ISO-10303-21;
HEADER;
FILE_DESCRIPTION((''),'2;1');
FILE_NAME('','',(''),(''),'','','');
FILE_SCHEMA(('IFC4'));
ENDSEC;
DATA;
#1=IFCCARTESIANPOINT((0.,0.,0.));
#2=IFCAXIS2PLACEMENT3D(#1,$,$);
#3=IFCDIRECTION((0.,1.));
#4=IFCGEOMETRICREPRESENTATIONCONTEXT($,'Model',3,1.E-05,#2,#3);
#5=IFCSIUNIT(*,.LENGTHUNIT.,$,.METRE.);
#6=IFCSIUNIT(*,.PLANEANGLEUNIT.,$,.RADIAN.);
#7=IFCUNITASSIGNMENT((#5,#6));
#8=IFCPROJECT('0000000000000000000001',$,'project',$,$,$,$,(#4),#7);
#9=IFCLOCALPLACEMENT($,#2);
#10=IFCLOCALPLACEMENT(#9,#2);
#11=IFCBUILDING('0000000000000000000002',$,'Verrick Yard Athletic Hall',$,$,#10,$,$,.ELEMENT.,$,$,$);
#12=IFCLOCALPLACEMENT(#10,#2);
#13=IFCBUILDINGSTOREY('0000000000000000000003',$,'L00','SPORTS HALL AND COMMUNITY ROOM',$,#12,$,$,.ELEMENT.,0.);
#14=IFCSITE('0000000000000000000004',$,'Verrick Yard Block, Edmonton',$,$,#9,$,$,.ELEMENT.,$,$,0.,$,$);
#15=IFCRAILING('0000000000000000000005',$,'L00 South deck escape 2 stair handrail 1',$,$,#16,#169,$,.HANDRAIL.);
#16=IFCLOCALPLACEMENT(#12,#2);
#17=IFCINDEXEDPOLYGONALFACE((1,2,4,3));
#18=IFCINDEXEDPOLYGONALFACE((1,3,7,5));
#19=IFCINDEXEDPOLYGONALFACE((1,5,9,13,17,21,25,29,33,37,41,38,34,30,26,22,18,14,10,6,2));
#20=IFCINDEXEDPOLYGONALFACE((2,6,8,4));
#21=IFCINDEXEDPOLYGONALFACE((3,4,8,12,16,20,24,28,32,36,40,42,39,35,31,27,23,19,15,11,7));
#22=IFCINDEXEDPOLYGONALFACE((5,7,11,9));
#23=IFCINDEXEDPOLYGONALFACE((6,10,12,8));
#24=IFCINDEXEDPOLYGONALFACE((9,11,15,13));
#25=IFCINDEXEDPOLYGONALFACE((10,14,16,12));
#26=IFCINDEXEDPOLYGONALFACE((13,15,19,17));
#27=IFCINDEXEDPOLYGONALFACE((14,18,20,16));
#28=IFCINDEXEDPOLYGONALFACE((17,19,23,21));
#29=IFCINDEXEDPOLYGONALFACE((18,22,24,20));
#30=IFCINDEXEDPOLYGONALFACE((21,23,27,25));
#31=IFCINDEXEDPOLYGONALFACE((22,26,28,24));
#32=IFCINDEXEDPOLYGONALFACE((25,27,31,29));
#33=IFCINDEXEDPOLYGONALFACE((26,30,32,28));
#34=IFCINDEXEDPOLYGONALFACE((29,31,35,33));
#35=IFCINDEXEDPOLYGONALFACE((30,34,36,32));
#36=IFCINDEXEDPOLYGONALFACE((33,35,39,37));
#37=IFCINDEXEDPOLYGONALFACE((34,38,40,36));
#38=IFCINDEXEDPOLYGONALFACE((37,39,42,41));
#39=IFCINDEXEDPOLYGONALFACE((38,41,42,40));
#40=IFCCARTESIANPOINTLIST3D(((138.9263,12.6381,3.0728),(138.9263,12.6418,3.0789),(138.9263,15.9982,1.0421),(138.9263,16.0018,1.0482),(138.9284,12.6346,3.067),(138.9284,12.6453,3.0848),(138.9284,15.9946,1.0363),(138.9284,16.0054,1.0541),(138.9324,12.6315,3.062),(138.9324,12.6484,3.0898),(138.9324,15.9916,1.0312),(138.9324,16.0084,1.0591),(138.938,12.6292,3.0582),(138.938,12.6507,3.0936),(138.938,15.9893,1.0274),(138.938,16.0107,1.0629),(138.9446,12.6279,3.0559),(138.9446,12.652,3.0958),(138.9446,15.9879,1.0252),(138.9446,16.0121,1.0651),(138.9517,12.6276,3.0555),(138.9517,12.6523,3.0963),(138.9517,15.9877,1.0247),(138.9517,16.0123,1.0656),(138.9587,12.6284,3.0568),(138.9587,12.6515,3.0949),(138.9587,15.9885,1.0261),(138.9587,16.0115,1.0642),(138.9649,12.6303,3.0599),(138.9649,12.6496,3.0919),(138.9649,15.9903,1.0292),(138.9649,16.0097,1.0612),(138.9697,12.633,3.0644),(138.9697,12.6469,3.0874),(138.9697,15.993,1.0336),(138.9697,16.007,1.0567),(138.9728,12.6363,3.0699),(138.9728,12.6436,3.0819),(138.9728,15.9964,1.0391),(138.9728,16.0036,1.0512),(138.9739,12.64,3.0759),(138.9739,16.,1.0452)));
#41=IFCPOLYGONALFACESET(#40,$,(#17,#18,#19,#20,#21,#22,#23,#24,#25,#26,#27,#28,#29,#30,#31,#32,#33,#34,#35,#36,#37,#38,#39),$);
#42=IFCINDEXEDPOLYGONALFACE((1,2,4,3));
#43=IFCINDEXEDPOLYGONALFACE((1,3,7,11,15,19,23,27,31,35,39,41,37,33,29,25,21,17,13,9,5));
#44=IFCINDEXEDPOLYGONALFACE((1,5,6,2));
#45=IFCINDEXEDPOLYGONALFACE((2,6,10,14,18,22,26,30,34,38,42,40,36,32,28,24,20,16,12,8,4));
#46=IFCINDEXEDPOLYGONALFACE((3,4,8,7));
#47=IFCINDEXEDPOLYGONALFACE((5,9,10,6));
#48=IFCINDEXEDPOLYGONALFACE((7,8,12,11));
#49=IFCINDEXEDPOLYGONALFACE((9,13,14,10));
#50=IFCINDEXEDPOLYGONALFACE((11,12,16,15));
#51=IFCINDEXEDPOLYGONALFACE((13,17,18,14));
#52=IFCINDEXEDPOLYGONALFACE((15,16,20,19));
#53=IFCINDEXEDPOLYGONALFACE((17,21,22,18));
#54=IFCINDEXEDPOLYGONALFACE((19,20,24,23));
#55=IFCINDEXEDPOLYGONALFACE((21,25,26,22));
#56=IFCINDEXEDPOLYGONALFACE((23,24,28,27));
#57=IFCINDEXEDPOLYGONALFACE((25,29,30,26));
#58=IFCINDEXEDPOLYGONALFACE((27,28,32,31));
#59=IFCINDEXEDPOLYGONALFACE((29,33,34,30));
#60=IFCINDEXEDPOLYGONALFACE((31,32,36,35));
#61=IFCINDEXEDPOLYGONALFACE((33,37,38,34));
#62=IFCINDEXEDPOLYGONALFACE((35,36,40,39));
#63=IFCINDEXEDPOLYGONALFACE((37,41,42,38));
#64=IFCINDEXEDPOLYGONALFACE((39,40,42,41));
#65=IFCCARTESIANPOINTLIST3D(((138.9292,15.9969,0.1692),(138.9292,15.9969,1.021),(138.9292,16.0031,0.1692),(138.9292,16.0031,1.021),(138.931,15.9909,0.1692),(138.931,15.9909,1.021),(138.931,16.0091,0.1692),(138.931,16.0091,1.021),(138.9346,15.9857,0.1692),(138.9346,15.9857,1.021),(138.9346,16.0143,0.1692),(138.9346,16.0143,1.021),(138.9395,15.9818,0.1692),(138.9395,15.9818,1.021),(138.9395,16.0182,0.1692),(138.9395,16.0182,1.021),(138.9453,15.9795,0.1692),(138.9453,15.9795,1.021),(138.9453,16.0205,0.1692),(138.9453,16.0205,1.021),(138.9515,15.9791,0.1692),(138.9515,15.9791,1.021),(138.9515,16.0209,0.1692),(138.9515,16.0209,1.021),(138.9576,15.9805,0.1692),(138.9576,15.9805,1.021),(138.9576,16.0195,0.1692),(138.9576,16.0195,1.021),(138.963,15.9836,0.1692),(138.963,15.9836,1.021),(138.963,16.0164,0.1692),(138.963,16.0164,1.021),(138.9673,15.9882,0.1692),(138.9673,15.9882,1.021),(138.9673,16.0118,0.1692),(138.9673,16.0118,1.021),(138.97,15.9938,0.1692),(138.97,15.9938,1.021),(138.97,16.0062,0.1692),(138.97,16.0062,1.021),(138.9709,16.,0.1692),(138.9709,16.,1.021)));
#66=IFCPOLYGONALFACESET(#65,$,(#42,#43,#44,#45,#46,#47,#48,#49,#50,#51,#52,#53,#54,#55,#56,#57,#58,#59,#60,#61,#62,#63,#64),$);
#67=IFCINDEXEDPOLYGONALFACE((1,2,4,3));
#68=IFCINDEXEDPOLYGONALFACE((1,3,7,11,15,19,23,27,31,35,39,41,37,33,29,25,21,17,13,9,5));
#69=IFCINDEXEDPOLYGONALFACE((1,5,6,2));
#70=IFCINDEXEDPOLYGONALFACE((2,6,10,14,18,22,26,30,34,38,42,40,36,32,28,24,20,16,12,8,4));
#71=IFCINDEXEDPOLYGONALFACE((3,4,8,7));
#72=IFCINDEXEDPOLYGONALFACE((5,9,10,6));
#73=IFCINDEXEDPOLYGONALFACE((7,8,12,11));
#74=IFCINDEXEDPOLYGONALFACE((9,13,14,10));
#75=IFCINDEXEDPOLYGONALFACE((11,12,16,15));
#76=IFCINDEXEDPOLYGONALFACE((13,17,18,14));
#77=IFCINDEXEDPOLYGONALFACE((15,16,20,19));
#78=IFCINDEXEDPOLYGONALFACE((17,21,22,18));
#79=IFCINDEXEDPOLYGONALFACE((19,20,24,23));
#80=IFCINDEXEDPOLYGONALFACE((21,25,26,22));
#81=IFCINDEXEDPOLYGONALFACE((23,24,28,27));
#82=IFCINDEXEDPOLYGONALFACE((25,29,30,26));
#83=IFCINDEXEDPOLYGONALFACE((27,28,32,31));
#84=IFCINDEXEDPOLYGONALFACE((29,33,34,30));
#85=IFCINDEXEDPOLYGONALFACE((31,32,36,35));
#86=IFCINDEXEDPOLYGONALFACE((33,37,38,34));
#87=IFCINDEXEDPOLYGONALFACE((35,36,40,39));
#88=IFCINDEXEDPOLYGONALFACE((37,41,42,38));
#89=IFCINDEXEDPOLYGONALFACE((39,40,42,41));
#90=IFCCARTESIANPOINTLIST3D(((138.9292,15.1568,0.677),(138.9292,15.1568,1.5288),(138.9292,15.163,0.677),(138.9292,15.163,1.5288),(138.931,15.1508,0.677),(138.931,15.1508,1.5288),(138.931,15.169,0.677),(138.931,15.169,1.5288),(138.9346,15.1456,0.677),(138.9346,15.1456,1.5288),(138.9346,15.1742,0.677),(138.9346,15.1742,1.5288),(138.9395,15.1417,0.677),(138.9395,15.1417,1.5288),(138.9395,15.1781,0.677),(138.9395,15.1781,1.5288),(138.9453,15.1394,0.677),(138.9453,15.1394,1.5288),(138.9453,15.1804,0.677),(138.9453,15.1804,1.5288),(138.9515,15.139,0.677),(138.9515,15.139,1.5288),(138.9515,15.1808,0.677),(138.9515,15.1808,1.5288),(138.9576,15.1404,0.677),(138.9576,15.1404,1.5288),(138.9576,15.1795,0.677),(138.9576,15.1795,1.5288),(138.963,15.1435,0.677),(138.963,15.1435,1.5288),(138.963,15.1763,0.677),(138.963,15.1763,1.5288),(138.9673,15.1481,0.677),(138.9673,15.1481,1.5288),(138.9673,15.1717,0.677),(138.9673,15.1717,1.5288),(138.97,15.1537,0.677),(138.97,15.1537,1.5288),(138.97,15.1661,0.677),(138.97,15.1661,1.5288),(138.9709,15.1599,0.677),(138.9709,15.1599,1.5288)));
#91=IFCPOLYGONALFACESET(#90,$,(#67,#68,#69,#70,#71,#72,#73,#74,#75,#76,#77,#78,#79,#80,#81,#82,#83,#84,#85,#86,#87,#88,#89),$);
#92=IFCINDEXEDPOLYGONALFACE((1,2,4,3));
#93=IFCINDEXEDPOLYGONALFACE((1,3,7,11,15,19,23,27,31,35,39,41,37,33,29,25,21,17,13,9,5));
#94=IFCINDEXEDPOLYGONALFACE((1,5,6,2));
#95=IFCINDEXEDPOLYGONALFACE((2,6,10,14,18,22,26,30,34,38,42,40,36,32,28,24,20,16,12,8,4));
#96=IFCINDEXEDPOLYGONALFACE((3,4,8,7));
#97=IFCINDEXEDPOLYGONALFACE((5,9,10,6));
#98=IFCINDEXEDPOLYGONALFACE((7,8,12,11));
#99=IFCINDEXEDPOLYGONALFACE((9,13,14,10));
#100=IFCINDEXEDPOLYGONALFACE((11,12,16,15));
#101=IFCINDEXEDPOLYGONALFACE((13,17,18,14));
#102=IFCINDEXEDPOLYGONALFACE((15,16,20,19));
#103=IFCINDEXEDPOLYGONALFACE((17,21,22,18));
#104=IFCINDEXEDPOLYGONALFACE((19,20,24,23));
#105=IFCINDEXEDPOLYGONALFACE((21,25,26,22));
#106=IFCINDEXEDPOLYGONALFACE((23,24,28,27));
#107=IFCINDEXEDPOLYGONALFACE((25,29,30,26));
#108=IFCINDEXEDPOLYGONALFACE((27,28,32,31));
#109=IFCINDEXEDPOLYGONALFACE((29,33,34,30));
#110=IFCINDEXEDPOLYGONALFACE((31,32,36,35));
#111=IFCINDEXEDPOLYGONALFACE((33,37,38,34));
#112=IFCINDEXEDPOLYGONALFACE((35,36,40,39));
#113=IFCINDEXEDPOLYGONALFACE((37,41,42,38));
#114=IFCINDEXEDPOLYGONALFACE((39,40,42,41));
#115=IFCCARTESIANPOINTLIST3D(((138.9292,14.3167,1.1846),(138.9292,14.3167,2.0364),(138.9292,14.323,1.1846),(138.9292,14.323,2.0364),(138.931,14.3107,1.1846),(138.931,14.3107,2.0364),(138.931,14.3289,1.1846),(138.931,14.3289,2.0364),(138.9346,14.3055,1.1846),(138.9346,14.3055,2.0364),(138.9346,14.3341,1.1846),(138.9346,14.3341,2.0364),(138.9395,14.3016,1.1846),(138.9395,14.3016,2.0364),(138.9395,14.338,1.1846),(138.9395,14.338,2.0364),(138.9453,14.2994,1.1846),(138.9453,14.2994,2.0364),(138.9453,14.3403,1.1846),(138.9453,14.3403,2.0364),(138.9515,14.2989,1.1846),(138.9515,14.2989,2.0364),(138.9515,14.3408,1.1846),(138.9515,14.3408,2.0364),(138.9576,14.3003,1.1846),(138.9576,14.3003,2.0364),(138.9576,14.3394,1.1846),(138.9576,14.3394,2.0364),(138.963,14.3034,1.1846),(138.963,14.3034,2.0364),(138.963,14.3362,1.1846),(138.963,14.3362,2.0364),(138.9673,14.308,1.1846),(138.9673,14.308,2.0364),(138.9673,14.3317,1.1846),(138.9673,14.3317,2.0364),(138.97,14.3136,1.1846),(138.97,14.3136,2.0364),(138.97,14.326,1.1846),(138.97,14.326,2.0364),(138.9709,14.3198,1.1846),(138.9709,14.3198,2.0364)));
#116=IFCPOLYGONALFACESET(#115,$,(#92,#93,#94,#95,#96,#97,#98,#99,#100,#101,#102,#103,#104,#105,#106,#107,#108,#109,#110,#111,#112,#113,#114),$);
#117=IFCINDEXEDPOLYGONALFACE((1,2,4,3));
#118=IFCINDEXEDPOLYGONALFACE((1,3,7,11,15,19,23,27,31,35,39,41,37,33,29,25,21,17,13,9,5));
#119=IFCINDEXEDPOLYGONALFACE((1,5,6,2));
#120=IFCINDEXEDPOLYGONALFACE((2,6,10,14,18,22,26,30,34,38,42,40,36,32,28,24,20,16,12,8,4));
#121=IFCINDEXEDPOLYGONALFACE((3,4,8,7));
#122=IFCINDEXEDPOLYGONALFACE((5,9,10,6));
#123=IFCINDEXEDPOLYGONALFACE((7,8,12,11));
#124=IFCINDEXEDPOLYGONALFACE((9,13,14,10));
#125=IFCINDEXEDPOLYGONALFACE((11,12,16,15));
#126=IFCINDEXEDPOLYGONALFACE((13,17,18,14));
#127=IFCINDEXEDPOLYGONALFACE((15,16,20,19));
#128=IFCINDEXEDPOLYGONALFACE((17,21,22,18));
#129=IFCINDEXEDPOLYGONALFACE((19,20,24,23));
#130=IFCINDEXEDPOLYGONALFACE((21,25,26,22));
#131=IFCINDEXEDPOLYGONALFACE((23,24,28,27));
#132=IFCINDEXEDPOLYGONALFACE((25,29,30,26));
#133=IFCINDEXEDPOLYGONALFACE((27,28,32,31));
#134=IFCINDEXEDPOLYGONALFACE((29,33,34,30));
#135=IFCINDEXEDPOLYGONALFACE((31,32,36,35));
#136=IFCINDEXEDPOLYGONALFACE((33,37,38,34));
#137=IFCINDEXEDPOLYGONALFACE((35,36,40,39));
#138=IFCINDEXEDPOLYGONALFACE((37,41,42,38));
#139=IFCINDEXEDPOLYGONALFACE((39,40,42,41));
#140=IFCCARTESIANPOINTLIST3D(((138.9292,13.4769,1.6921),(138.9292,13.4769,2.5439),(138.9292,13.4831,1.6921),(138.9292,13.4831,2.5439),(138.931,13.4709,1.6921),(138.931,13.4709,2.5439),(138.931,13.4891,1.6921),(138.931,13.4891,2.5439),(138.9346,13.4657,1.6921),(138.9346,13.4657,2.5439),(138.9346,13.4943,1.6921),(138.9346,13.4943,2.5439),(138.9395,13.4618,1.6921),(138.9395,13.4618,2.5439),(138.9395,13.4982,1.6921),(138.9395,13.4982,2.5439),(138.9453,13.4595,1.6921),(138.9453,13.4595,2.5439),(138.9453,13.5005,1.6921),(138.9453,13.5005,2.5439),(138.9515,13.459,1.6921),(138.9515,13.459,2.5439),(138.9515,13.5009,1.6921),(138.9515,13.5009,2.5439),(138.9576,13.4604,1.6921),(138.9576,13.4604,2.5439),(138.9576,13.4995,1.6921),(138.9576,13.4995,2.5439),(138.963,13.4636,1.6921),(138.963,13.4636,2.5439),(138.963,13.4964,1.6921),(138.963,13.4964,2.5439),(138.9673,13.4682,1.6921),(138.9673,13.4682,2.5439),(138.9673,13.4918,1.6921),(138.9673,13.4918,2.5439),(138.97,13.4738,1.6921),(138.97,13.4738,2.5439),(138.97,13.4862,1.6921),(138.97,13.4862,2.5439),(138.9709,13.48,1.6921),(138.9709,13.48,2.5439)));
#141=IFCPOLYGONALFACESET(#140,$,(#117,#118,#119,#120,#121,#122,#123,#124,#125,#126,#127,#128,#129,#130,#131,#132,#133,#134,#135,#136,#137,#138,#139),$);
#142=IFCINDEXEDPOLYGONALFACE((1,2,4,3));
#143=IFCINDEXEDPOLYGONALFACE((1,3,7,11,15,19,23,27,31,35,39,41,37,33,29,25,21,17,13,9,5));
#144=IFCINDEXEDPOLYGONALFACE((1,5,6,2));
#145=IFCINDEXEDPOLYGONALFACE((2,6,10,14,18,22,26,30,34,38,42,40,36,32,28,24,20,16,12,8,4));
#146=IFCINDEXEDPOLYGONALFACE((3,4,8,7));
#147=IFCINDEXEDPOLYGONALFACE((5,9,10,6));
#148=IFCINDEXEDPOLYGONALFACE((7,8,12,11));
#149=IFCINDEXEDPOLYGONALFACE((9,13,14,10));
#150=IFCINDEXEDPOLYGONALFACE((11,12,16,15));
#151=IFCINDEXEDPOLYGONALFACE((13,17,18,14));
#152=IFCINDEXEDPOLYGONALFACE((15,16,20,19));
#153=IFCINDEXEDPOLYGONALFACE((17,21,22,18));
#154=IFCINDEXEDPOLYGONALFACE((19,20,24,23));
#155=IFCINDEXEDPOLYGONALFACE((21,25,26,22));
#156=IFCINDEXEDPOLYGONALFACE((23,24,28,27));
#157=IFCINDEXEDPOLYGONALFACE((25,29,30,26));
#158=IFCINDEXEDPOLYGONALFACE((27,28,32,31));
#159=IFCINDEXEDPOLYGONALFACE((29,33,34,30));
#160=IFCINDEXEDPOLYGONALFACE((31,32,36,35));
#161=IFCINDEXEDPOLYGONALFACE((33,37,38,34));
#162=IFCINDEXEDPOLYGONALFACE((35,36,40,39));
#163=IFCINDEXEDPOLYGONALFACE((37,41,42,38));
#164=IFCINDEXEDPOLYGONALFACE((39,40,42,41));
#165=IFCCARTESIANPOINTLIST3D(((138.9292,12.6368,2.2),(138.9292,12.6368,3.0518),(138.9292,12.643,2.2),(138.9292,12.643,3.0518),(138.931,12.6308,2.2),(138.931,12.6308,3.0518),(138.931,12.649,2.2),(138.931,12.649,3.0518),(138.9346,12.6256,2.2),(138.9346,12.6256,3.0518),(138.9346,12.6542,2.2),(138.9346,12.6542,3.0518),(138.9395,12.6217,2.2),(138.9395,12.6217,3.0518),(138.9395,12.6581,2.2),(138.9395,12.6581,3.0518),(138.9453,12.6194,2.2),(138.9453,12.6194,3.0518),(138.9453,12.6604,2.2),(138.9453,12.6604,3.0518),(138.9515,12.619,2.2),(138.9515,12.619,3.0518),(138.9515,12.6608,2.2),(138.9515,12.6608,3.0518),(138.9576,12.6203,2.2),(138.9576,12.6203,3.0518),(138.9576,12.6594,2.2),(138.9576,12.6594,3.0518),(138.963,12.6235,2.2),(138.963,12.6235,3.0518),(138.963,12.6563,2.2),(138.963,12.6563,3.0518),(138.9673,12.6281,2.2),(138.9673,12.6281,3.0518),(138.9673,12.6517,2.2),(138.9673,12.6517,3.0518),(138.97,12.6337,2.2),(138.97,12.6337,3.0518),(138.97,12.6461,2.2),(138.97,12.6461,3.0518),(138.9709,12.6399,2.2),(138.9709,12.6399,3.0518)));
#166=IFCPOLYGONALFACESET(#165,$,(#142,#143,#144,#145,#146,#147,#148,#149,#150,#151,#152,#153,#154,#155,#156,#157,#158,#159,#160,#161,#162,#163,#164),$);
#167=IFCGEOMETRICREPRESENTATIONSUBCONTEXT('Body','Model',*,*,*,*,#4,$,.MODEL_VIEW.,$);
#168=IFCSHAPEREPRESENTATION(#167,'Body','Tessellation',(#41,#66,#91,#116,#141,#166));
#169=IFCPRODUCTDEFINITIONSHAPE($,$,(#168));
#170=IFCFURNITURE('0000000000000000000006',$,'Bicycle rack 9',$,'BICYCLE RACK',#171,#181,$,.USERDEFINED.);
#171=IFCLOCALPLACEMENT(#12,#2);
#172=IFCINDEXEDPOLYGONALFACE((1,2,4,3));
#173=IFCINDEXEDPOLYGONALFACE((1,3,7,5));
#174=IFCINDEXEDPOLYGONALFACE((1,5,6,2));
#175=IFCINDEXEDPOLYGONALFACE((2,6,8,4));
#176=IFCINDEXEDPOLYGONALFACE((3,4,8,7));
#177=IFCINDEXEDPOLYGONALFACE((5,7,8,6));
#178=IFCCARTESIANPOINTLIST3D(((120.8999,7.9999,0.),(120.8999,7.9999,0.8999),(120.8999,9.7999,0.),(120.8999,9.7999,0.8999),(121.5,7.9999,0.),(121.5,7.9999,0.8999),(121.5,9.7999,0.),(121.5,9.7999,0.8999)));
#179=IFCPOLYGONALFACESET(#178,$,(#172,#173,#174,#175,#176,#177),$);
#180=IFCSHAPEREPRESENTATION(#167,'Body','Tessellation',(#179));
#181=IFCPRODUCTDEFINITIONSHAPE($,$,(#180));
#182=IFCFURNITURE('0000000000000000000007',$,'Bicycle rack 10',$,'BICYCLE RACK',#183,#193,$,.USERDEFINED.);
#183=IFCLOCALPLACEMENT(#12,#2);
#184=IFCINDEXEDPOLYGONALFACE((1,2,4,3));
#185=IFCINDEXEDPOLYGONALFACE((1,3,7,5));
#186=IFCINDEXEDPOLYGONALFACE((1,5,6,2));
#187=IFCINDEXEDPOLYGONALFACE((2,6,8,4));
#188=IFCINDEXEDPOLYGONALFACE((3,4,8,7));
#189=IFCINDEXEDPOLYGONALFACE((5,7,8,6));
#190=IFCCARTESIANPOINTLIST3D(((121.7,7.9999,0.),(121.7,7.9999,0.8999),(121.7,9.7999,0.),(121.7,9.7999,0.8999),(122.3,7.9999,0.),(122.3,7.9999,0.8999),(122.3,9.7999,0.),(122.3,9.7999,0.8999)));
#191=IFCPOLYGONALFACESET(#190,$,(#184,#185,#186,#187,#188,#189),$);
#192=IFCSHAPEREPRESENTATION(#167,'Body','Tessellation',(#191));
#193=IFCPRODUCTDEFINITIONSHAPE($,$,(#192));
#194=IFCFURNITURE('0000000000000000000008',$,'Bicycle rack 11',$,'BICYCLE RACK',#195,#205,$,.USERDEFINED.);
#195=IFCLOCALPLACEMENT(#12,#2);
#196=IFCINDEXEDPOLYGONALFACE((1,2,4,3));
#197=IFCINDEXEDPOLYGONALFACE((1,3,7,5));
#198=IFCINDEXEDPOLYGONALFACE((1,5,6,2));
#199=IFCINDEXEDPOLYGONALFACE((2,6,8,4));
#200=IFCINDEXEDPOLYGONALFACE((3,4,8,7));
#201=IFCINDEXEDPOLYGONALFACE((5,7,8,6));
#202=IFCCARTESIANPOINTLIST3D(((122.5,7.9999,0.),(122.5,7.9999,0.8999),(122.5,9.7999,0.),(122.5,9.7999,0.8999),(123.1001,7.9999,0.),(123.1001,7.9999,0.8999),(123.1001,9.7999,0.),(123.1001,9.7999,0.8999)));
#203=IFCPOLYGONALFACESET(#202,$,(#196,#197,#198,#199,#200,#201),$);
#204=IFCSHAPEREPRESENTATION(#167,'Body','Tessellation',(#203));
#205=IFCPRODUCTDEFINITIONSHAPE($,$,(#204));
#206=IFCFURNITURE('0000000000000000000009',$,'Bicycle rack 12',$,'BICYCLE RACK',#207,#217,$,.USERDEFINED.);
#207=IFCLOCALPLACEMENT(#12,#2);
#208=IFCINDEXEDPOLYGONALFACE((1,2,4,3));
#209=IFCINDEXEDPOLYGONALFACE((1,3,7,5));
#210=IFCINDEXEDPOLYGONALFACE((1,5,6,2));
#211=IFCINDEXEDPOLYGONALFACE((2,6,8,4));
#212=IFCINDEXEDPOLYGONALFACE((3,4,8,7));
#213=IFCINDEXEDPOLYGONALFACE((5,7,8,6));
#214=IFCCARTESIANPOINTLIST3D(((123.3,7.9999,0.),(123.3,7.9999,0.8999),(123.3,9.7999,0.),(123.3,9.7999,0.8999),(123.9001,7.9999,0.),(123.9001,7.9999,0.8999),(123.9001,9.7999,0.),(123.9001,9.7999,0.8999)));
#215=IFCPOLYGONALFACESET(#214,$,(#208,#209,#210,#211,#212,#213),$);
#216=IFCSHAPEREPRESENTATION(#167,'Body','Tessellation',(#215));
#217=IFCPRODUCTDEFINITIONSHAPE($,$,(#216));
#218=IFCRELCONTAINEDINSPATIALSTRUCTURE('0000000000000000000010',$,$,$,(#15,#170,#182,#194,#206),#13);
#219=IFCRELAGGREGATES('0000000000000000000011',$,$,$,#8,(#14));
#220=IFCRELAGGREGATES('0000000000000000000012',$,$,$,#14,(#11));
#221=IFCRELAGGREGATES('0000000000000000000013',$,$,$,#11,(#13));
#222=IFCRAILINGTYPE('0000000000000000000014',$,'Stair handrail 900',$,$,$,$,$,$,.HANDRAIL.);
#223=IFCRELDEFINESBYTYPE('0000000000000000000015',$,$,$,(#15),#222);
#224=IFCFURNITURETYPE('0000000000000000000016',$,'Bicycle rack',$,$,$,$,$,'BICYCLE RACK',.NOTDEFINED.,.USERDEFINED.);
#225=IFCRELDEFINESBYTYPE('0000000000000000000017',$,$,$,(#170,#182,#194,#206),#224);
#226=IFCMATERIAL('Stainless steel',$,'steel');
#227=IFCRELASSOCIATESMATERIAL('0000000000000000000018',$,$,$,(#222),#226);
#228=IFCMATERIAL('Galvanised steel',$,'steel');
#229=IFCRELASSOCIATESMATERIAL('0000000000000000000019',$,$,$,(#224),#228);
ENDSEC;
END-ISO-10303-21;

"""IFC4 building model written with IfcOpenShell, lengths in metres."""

from ifc_helpers import new_model, si_unit, direction, frame, origin, origin_2d, place, context, subcontext, project, spatial, rectangle, circle, extrude, material, type_object, element, save


model = new_model("IFC4")

# Units and contexts
model_context = context("Model", 3, precision=1e-05, world=origin(), true_north=direction((0.0, 1.0)))
body_context = subcontext(model_context, "Body", "Model", "MODEL_VIEW")
ifc_project = project(units=[si_unit("LENGTHUNIT", "METRE"), si_unit("PLANEANGLEUNIT", "RADIAN")], contexts=[model_context])

# Site, building, storey
site_placement = place(None, origin())
site = spatial("IfcSite", under=ifc_project, at=site_placement, Name="Verrick Yard Block, Edmonton", CompositionType="ELEMENT", RefElevation=0.0)
building_placement = place(site_placement, origin())
building = spatial("IfcBuilding", under=site, at=building_placement, Name="Verrick Yard Athletic Hall", CompositionType="ELEMENT")
storey_placement = place(building_placement, origin())
storey = spatial("IfcBuildingStorey", under=building, at=storey_placement, Name="L00", Description="SPORTS HALL AND COMMUNITY ROOM", CompositionType="ELEMENT", Elevation=0.0)

# Railing
ifc_material_1 = material(Name="Stainless steel", Category="steel")
railing_type = type_object("IfcRailingType", Name="Stair handrail 900", PredefinedType="HANDRAIL", material=ifc_material_1)
railing_placement = place(storey_placement, frame((138.95, 16.0, 0.1692)))
element("IfcRailing", 1, at=railing_placement, inside=storey, type_object=railing_type, Name="L00 South deck escape 2 stair handrail 1", PredefinedType="HANDRAIL", context=body_context, shape_type="SweptSolid", body=[
    extrude(circle(Radius=0.0239, at=origin_2d()), frame((0.0, 0.0, 0.876), z_axis=(0.0, -0.855837, 0.517246), x_axis=(1.0, 0.0, 0.0)), (0.0, 0.0, 1.0), 3.926),
    extrude(circle(Radius=0.021, at=origin_2d()), origin(), (0.0, 0.0, 1.0), 0.8518),
    extrude(circle(Radius=0.021, at=origin_2d()), frame((0.0, -0.8401, 0.5078)), (0.0, 0.0, 1.0), 0.8518),
    extrude(circle(Radius=0.021, at=origin_2d()), frame((0.0, -1.6802, 1.0154)), (0.0, 0.0, 1.0), 0.8518),
    extrude(circle(Radius=0.021, at=origin_2d()), frame((0.0, -2.52, 1.5229)), (0.0, 0.0, 1.0), 0.8518),
    extrude(circle(Radius=0.021, at=origin_2d()), frame((0.0, -3.3601, 2.0308)), (0.0, 0.0, 1.0), 0.8518),
])

# Furniture
ifc_material_2 = material(Name="Galvanised steel", Category="steel")
furniture_type = type_object("IfcFurnitureType", Name="Bicycle rack", ElementType="BICYCLE RACK", AssemblyPlace="NOTDEFINED", PredefinedType="USERDEFINED", material=ifc_material_2)
for number, where, z_axis, x_axis, name in (
    (2, (121.2, 8.8999, 0.0), (0.0, 0.0, 1.0), (1.0, 0.0, 0.0), "Bicycle rack 9"),
    (3, (122.0, 8.8999, 0.0), (0.0, 0.0, 1.0), (1.0, 0.0, 0.0), "Bicycle rack 10"),
    (4, (122.8, 8.8999, 0.0), (0.0, 0.0, 1.0), (1.0, 0.0, 0.0), "Bicycle rack 11"),
    (5, (123.6001, 8.8999, 0.0), (0.0, 0.0, 1.0), (1.0, 0.0, 0.0), "Bicycle rack 12"),
):
    element("IfcFurniture", number, at=place(storey_placement, frame(where, z_axis=z_axis, x_axis=x_axis)), inside=storey, type_object=furniture_type, Name=name, ObjectType="BICYCLE RACK", PredefinedType="USERDEFINED", context=body_context, shape_type="SweptSolid", body=[
        extrude(rectangle(XDim=0.6001, YDim=1.8, at=origin_2d()), origin(), (0.0, 0.0, 1.0), 0.8999),
    ])

save(model, "model.ifc")
